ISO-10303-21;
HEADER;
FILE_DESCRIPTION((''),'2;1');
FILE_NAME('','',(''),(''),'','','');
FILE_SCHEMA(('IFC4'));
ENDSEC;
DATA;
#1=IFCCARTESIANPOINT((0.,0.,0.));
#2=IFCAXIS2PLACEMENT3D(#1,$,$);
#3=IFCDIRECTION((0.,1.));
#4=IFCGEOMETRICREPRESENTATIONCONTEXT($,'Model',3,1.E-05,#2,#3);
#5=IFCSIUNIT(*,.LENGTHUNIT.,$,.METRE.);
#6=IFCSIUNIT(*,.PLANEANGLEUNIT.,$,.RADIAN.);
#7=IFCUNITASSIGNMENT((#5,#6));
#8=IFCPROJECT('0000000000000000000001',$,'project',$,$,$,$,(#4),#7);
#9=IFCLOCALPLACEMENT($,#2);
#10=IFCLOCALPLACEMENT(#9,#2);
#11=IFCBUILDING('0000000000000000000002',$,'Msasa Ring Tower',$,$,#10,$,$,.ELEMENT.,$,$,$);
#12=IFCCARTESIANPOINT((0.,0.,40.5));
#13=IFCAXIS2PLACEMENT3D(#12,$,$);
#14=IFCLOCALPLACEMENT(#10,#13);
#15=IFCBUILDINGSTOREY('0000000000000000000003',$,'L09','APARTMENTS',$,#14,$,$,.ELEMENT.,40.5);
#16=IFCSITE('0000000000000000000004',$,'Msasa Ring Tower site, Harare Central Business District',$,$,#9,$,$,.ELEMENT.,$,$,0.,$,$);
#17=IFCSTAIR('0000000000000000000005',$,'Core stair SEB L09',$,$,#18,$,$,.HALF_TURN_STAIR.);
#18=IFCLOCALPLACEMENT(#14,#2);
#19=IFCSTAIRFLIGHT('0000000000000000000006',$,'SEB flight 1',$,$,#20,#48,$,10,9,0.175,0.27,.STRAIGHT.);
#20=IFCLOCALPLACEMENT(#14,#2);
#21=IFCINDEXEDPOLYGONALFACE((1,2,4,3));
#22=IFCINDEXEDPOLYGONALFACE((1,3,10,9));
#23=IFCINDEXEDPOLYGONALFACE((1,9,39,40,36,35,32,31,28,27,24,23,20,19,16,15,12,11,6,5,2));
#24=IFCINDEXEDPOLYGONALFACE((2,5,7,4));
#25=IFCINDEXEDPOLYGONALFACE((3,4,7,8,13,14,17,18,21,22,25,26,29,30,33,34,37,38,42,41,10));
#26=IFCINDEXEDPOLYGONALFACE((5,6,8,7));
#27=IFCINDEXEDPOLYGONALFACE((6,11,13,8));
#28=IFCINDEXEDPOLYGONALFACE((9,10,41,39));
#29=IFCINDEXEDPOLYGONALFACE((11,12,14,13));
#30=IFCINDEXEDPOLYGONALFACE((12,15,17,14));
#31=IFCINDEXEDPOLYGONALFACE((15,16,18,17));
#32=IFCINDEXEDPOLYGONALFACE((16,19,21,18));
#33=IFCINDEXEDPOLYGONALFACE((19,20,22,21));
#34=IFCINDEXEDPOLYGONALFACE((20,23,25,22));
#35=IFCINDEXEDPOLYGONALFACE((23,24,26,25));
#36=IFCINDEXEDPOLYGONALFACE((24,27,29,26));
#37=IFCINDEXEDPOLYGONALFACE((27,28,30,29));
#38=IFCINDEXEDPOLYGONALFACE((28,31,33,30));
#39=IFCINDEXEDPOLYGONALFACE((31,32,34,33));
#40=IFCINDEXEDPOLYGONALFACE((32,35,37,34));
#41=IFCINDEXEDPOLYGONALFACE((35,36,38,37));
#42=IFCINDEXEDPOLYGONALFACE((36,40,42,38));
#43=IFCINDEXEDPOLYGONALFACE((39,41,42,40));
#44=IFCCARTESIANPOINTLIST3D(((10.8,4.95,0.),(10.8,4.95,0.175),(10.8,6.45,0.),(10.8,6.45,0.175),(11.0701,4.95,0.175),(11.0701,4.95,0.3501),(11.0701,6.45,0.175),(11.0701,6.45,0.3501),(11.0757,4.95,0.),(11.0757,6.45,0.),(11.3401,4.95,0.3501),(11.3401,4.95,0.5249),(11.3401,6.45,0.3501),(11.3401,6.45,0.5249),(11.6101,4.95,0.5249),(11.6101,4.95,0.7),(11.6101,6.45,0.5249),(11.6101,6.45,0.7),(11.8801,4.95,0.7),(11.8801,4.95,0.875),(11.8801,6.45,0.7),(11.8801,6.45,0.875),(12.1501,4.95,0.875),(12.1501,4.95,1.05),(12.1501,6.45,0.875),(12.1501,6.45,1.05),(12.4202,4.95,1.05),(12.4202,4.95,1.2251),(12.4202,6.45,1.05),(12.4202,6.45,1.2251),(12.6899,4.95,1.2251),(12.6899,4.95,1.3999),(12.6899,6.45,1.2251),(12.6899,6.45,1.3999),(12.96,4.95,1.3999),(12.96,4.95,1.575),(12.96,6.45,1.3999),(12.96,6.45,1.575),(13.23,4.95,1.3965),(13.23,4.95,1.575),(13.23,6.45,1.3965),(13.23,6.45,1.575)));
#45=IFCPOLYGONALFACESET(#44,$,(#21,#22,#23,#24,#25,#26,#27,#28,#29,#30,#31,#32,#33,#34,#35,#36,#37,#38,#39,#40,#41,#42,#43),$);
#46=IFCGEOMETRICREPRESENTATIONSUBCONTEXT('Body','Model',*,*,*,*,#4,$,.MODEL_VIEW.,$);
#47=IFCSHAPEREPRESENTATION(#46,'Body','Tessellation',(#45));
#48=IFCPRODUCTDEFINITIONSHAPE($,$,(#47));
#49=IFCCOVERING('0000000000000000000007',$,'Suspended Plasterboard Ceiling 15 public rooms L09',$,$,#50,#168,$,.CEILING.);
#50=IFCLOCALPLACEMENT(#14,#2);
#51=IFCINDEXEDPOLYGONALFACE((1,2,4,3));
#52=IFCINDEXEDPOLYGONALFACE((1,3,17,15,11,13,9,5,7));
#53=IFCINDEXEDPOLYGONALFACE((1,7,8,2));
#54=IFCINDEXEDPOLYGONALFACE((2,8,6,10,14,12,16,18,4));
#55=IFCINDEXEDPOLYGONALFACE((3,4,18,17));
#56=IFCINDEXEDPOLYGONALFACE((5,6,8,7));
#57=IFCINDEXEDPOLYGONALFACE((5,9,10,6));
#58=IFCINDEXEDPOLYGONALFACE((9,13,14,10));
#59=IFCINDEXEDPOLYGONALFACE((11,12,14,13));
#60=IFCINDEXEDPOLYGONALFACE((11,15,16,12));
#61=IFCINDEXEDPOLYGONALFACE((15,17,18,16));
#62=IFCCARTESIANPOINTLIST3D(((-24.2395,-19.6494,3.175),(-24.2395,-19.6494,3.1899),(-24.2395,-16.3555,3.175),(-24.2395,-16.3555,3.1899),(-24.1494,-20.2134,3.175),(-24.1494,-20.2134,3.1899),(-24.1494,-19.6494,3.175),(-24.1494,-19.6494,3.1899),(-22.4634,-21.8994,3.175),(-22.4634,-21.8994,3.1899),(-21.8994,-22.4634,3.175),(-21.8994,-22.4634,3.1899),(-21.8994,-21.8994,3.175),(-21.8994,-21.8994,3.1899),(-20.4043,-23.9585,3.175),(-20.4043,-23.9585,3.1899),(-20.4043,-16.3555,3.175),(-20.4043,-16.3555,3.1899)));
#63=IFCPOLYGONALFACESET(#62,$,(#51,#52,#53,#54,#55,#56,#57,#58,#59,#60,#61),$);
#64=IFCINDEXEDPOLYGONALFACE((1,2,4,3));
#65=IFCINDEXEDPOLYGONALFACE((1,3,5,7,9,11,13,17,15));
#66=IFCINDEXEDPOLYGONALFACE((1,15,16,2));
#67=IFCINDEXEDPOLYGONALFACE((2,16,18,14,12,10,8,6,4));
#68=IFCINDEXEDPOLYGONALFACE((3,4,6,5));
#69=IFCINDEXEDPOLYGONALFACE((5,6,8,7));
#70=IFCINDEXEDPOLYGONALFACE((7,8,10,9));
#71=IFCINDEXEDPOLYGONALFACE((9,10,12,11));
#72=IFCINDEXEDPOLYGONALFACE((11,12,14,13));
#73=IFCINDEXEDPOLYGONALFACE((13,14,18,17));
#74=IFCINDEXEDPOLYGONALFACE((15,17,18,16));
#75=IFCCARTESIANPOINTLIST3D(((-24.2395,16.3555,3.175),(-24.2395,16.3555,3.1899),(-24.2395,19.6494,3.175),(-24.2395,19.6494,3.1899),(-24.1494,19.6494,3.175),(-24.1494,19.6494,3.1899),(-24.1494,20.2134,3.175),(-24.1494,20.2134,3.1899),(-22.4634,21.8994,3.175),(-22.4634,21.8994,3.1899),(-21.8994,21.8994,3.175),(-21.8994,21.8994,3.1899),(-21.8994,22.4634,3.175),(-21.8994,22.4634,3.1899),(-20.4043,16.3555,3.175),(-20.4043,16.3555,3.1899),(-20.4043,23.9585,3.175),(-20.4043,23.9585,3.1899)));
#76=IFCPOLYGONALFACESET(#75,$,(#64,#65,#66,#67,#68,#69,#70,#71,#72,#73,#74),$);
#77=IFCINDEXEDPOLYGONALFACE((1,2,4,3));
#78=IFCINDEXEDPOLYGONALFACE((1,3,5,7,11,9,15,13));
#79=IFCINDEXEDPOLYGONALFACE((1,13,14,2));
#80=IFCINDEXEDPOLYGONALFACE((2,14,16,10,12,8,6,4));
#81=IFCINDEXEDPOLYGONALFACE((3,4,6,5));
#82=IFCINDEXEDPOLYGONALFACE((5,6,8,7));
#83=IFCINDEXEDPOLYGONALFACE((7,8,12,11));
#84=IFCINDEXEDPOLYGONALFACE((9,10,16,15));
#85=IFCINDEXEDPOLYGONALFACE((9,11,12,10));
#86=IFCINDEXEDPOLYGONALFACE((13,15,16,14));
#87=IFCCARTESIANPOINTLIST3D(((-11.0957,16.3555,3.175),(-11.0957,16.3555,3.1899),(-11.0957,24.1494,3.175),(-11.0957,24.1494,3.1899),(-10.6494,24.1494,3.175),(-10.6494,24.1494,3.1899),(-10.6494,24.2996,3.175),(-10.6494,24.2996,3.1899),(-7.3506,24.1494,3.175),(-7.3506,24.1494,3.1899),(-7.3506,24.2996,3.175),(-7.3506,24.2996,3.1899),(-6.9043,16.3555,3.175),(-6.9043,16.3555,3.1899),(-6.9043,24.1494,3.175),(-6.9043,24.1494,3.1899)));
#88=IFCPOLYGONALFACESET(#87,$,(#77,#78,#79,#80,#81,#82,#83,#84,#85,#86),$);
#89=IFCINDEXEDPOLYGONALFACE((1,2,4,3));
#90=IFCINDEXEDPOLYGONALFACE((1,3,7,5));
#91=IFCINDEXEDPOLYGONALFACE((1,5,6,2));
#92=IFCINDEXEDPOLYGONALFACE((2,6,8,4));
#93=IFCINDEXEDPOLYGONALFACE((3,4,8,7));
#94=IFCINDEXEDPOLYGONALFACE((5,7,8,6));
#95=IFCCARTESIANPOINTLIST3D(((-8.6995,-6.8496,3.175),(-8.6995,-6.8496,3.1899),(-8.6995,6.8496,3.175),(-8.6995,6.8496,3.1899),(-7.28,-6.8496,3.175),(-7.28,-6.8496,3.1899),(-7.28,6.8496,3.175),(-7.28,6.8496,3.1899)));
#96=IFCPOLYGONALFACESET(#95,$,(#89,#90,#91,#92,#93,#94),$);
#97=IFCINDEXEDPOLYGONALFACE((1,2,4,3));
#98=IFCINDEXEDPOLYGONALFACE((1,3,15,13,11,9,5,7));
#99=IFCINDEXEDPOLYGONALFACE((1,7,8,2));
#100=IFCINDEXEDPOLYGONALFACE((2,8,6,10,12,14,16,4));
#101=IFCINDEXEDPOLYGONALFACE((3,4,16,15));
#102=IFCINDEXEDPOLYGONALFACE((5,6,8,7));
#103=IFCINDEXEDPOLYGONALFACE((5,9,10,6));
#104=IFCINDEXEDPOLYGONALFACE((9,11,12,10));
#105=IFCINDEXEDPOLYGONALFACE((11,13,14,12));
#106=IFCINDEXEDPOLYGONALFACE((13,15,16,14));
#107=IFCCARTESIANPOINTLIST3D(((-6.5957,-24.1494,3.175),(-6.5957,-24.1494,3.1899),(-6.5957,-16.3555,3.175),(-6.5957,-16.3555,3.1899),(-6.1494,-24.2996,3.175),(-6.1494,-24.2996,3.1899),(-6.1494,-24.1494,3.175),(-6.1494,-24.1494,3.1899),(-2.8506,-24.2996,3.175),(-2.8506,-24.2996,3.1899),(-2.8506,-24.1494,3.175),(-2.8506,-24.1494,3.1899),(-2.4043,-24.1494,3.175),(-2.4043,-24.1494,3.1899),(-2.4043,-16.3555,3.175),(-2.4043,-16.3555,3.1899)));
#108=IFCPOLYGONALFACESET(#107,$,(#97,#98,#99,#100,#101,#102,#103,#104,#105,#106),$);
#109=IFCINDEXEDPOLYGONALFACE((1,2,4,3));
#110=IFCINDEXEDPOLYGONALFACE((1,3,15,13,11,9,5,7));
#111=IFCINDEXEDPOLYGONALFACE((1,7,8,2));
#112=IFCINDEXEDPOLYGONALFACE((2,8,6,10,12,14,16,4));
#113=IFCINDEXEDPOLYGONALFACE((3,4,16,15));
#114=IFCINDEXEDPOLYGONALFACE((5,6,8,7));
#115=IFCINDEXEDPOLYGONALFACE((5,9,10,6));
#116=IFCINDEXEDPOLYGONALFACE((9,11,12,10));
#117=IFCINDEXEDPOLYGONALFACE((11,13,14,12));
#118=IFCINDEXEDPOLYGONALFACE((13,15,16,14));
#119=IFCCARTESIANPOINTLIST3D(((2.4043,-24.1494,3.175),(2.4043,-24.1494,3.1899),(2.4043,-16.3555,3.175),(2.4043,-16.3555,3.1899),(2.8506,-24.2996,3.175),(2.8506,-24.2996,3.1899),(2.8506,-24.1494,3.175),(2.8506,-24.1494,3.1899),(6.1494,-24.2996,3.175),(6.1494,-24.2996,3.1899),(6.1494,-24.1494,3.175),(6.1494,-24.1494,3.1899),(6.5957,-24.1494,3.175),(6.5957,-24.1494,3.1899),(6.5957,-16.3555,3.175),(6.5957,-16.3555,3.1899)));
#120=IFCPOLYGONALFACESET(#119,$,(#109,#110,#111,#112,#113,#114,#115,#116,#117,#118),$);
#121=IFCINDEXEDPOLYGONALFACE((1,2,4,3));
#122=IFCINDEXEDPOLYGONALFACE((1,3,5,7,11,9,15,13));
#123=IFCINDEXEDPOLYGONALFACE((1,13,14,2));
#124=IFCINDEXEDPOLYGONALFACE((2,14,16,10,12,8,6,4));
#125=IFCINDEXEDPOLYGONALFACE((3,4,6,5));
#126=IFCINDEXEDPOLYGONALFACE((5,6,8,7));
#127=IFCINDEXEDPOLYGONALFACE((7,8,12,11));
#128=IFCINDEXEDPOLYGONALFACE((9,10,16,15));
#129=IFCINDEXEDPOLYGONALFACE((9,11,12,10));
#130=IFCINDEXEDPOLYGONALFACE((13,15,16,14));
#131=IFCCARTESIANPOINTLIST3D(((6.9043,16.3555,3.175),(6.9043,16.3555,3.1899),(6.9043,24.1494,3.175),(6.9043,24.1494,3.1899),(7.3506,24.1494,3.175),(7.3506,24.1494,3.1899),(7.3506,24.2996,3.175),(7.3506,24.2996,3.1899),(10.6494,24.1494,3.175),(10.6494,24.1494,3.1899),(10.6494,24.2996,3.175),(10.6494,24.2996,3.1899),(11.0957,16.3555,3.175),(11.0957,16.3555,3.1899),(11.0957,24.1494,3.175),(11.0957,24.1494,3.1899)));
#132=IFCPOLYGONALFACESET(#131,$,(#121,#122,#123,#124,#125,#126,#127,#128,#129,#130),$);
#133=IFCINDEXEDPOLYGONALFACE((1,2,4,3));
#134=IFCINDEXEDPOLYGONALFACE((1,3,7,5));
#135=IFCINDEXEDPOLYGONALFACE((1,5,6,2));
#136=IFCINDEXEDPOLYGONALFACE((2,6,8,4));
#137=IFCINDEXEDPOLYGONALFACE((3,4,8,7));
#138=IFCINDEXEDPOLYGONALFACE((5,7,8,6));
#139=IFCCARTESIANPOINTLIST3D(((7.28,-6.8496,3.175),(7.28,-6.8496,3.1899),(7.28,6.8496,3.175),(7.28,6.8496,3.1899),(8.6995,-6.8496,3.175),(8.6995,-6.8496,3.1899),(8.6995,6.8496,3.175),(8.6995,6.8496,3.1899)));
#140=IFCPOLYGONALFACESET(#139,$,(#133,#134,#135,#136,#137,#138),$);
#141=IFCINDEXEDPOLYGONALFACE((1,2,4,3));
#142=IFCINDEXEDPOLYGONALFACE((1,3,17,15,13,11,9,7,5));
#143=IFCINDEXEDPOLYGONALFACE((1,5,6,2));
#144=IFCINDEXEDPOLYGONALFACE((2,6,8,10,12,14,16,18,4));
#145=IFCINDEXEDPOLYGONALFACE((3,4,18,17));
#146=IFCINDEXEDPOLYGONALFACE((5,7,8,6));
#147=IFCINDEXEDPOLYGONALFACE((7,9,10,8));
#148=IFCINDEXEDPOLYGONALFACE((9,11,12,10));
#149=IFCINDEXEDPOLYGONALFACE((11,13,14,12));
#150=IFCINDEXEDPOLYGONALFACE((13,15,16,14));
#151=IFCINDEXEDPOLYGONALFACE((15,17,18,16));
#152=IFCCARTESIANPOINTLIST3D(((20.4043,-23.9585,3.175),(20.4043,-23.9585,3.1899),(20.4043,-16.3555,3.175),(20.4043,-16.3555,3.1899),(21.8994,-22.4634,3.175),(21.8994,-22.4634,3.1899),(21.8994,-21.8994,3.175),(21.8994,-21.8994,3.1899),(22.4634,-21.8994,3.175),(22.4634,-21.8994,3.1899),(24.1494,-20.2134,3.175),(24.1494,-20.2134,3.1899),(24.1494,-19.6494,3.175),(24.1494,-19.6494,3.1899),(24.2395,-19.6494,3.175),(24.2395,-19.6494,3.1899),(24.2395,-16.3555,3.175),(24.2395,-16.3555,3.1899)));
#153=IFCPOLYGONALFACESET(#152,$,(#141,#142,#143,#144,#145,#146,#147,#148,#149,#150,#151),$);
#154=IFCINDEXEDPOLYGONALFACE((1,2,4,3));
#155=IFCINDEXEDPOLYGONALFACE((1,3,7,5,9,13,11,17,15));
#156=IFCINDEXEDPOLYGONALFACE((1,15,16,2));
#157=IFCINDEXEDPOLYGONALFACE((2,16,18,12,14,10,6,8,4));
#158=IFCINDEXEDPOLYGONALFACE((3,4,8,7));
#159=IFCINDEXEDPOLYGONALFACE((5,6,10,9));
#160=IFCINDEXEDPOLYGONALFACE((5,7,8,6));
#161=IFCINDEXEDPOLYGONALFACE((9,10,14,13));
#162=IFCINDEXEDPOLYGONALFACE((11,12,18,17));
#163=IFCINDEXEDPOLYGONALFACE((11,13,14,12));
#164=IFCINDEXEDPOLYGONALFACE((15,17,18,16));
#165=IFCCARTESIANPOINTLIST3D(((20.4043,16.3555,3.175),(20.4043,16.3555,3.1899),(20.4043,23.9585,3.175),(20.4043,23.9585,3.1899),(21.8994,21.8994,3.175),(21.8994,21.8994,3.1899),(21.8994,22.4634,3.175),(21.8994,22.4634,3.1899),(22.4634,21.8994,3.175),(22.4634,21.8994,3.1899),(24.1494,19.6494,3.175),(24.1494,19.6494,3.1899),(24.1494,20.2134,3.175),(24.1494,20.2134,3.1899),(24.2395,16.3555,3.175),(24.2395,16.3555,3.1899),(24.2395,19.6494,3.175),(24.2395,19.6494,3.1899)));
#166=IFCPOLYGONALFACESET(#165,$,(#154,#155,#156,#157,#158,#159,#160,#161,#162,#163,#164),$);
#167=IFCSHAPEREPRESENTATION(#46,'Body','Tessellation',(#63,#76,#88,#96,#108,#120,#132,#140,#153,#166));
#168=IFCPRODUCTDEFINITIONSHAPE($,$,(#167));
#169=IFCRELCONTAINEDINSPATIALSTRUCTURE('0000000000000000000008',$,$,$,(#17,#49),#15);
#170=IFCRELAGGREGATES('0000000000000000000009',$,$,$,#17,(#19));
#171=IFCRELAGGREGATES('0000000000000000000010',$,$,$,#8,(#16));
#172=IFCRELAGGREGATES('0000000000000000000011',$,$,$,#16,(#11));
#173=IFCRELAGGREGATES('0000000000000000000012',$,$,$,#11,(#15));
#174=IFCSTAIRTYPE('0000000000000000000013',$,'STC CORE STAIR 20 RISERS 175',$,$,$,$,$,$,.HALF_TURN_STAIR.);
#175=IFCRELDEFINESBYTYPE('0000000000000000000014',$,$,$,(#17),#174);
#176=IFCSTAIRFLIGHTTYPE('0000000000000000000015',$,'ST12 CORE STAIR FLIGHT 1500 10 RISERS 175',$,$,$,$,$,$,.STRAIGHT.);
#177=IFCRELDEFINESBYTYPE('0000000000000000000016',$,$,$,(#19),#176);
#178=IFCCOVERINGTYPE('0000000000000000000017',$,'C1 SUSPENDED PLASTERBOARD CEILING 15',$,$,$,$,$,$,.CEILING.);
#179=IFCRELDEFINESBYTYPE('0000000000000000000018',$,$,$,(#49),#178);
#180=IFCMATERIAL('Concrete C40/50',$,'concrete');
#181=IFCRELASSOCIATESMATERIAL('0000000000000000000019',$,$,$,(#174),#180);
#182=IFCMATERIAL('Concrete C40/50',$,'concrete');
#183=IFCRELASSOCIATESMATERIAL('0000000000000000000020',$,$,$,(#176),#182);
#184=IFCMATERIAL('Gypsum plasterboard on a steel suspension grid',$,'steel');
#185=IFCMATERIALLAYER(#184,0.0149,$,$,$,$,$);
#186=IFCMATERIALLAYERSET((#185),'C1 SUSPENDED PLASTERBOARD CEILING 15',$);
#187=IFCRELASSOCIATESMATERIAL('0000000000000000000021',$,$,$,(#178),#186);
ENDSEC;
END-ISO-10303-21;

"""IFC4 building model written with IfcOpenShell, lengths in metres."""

from ifc_helpers import new_model, si_unit, direction, frame, origin, place, context, subcontext, project, spatial, polyline, line, indexed_curve, outline, extrude, material, layer, layer_set, type_object, element, aggregate, save


model = new_model("IFC4")

# Units and contexts
model_context = context("Model", 3, precision=1e-05, world=origin(), true_north=direction((0.0, 1.0)))
body_context = subcontext(model_context, "Body", "Model", "MODEL_VIEW")
ifc_project = project(units=[si_unit("LENGTHUNIT", "METRE"), si_unit("PLANEANGLEUNIT", "RADIAN")], contexts=[model_context])

# Site, building, storey
site_placement = place(None, origin())
site = spatial("IfcSite", under=ifc_project, at=site_placement, Name="Msasa Ring Tower site, Harare Central Business District", CompositionType="ELEMENT", RefElevation=0.0)
building_placement = place(site_placement, origin())
building = spatial("IfcBuilding", under=site, at=building_placement, Name="Msasa Ring Tower", CompositionType="ELEMENT")
storey_placement = place(building_placement, frame((0.0, 0.0, 40.5)))
storey = spatial("IfcBuildingStorey", under=building, at=storey_placement, Name="L09", Description="APARTMENTS", CompositionType="ELEMENT", Elevation=40.5)

# Shared definitions
ifc_material_1 = material(Name="Concrete C40/50", Category="concrete")
stair_type = type_object("IfcStairType", Name="STC CORE STAIR 20 RISERS 175", PredefinedType="HALF_TURN_STAIR", material=ifc_material_1)

# Stair, stair flight
stair_1_placement = place(storey_placement, origin())
stair_1 = element("IfcStair", 1, at=stair_1_placement, inside=storey, type_object=stair_type, Name="Core stair SEB L09", PredefinedType="HALF_TURN_STAIR")
ifc_material_2 = material(Name="Concrete C40/50", Category="concrete")
stair_flight_type = type_object("IfcStairFlightType", Name="ST12 CORE STAIR FLIGHT 1500 10 RISERS 175", PredefinedType="STRAIGHT", material=ifc_material_2)
stair_flight_placement = place(storey_placement, frame((10.8, 5.7, 0.0), z_axis=(0.0, 0.0, 1.0), x_axis=(1.0, 0.0, 0.0)))
stair_flight = element("IfcStairFlight", 2, at=stair_flight_placement, type_object=stair_flight_type, Name="SEB flight 1", NumberOfRisers=10, NumberOfTreads=9, PredefinedType="STRAIGHT", RiserHeight=0.175, TreadLength=0.27, context=body_context, shape_type="SweptSolid", body=[
    extrude(outline(polyline([(0.0, 0.0), (0.0, 0.175), (0.27, 0.175), (0.27, 0.3501), (0.54, 0.3501), (0.54, 0.5249), (0.8101, 0.5249), (0.8101, 0.7), (1.0801, 0.7), (1.0801, 0.875), (1.3501, 0.875), (1.3501, 1.05), (1.6201, 1.05), (1.6201, 1.2251), (1.8899, 1.2251), (1.8899, 1.3999), (2.1599, 1.3999), (2.1599, 1.575), (2.4299, 1.575), (2.4299, 1.75), (2.4299, 1.3965), (0.2756, 0.0), (0.0, 0.0)])), frame((0.0, 0.75, 0.0), z_axis=(0.0, -1.0, 0.0), x_axis=(1.0, 0.0, 0.0)), (0.0, 0.0, 1.0), 1.5),
])
aggregate(stair_1, [stair_flight])

# Covering
ifc_material_3 = material(Name="Gypsum plasterboard on a steel suspension grid", Category="steel")
ifc_layer_1 = layer(ifc_material_3, 0.0149)
ifc_layer_set_1 = layer_set([ifc_layer_1], Name="C1 SUSPENDED PLASTERBOARD CEILING 15")
covering_type_1 = type_object("IfcCoveringType", Name="C1 SUSPENDED PLASTERBOARD CEILING 15", PredefinedType="CEILING", material=ifc_layer_set_1)
covering_1_placement = place(storey_placement, frame((0.0, 0.0, 3.175)))
element("IfcCovering", 3, at=covering_1_placement, inside=storey, type_object=covering_type_1, Name="Suspended Plasterboard Ceiling 15 public rooms L09", PredefinedType="CEILING", context=body_context, shape_type="SweptSolid", body=[
    extrude(outline(indexed_curve([(-24.2395, -16.3555), (-20.4043, -16.3555), (-20.4043, -23.9585), (-21.8994, -22.4634), (-21.8994, -21.8994), (-22.4634, -21.8994), (-24.1494, -20.2134), (-24.1494, -19.6494), (-24.2395, -19.6494)], segments=[line(1, 2, 3, 4, 5, 6, 7, 8, 9, 1)], self_intersect=False)), origin(), (0.0, 0.0, 1.0), 0.0149),
    extrude(outline(indexed_curve([(-24.2395, 16.3555), (-24.2395, 19.6494), (-24.1494, 19.6494), (-24.1494, 20.2134), (-22.4634, 21.8994), (-21.8994, 21.8994), (-21.8994, 22.4634), (-20.4043, 23.9585), (-20.4043, 16.3555)], segments=[line(1, 2, 3, 4, 5, 6, 7, 8, 9, 1)], self_intersect=False)), origin(), (0.0, 0.0, 1.0), 0.0149),
    extrude(outline(indexed_curve([(-11.0957, 16.3555), (-11.0957, 24.1494), (-10.6494, 24.1494), (-10.6494, 24.2996), (-7.3506, 24.2996), (-7.3506, 24.1494), (-6.9043, 24.1494), (-6.9043, 16.3555)], segments=[line(1, 2, 3, 4, 5, 6, 7, 8, 1)], self_intersect=False)), origin(), (0.0, 0.0, 1.0), 0.0149),
    extrude(outline(indexed_curve([(-8.6995, 6.8496), (-7.28, 6.8496), (-7.28, -6.8496), (-8.6995, -6.8496)], segments=[line(1, 2, 3, 4, 1)], self_intersect=False)), origin(), (0.0, 0.0, 1.0), 0.0149),
    extrude(outline(indexed_curve([(-2.4043, -16.3555), (-2.4043, -24.1494), (-2.8506, -24.1494), (-2.8506, -24.2996), (-6.1494, -24.2996), (-6.1494, -24.1494), (-6.5957, -24.1494), (-6.5957, -16.3555)], segments=[line(1, 2, 3, 4, 5, 6, 7, 8, 1)], self_intersect=False)), origin(), (0.0, 0.0, 1.0), 0.0149),
    extrude(outline(indexed_curve([(6.5957, -16.3555), (6.5957, -24.1494), (6.1494, -24.1494), (6.1494, -24.2996), (2.8506, -24.2996), (2.8506, -24.1494), (2.4043, -24.1494), (2.4043, -16.3555)], segments=[line(1, 2, 3, 4, 5, 6, 7, 8, 1)], self_intersect=False)), origin(), (0.0, 0.0, 1.0), 0.0149),
    extrude(outline(indexed_curve([(6.9043, 16.3555), (6.9043, 24.1494), (7.3506, 24.1494), (7.3506, 24.2996), (10.6494, 24.2996), (10.6494, 24.1494), (11.0957, 24.1494), (11.0957, 16.3555)], segments=[line(1, 2, 3, 4, 5, 6, 7, 8, 1)], self_intersect=False)), origin(), (0.0, 0.0, 1.0), 0.0149),
    extrude(outline(indexed_curve([(7.28, -6.8496), (7.28, 6.8496), (8.6995, 6.8496), (8.6995, -6.8496)], segments=[line(1, 2, 3, 4, 1)], self_intersect=False)), origin(), (0.0, 0.0, 1.0), 0.0149),
    extrude(outline(indexed_curve([(24.2395, -16.3555), (24.2395, -19.6494), (24.1494, -19.6494), (24.1494, -20.2134), (22.4634, -21.8994), (21.8994, -21.8994), (21.8994, -22.4634), (20.4043, -23.9585), (20.4043, -16.3555)], segments=[line(1, 2, 3, 4, 5, 6, 7, 8, 9, 1)], self_intersect=False)), origin(), (0.0, 0.0, 1.0), 0.0149),
    extrude(outline(indexed_curve([(24.2395, 16.3555), (20.4043, 16.3555), (20.4043, 23.9585), (21.8994, 22.4634), (21.8994, 21.8994), (22.4634, 21.8994), (24.1494, 20.2134), (24.1494, 19.6494), (24.2395, 19.6494)], segments=[line(1, 2, 3, 4, 5, 6, 7, 8, 9, 1)], self_intersect=False)), origin(), (0.0, 0.0, 1.0), 0.0149),
])

save(model, "model.ifc")
